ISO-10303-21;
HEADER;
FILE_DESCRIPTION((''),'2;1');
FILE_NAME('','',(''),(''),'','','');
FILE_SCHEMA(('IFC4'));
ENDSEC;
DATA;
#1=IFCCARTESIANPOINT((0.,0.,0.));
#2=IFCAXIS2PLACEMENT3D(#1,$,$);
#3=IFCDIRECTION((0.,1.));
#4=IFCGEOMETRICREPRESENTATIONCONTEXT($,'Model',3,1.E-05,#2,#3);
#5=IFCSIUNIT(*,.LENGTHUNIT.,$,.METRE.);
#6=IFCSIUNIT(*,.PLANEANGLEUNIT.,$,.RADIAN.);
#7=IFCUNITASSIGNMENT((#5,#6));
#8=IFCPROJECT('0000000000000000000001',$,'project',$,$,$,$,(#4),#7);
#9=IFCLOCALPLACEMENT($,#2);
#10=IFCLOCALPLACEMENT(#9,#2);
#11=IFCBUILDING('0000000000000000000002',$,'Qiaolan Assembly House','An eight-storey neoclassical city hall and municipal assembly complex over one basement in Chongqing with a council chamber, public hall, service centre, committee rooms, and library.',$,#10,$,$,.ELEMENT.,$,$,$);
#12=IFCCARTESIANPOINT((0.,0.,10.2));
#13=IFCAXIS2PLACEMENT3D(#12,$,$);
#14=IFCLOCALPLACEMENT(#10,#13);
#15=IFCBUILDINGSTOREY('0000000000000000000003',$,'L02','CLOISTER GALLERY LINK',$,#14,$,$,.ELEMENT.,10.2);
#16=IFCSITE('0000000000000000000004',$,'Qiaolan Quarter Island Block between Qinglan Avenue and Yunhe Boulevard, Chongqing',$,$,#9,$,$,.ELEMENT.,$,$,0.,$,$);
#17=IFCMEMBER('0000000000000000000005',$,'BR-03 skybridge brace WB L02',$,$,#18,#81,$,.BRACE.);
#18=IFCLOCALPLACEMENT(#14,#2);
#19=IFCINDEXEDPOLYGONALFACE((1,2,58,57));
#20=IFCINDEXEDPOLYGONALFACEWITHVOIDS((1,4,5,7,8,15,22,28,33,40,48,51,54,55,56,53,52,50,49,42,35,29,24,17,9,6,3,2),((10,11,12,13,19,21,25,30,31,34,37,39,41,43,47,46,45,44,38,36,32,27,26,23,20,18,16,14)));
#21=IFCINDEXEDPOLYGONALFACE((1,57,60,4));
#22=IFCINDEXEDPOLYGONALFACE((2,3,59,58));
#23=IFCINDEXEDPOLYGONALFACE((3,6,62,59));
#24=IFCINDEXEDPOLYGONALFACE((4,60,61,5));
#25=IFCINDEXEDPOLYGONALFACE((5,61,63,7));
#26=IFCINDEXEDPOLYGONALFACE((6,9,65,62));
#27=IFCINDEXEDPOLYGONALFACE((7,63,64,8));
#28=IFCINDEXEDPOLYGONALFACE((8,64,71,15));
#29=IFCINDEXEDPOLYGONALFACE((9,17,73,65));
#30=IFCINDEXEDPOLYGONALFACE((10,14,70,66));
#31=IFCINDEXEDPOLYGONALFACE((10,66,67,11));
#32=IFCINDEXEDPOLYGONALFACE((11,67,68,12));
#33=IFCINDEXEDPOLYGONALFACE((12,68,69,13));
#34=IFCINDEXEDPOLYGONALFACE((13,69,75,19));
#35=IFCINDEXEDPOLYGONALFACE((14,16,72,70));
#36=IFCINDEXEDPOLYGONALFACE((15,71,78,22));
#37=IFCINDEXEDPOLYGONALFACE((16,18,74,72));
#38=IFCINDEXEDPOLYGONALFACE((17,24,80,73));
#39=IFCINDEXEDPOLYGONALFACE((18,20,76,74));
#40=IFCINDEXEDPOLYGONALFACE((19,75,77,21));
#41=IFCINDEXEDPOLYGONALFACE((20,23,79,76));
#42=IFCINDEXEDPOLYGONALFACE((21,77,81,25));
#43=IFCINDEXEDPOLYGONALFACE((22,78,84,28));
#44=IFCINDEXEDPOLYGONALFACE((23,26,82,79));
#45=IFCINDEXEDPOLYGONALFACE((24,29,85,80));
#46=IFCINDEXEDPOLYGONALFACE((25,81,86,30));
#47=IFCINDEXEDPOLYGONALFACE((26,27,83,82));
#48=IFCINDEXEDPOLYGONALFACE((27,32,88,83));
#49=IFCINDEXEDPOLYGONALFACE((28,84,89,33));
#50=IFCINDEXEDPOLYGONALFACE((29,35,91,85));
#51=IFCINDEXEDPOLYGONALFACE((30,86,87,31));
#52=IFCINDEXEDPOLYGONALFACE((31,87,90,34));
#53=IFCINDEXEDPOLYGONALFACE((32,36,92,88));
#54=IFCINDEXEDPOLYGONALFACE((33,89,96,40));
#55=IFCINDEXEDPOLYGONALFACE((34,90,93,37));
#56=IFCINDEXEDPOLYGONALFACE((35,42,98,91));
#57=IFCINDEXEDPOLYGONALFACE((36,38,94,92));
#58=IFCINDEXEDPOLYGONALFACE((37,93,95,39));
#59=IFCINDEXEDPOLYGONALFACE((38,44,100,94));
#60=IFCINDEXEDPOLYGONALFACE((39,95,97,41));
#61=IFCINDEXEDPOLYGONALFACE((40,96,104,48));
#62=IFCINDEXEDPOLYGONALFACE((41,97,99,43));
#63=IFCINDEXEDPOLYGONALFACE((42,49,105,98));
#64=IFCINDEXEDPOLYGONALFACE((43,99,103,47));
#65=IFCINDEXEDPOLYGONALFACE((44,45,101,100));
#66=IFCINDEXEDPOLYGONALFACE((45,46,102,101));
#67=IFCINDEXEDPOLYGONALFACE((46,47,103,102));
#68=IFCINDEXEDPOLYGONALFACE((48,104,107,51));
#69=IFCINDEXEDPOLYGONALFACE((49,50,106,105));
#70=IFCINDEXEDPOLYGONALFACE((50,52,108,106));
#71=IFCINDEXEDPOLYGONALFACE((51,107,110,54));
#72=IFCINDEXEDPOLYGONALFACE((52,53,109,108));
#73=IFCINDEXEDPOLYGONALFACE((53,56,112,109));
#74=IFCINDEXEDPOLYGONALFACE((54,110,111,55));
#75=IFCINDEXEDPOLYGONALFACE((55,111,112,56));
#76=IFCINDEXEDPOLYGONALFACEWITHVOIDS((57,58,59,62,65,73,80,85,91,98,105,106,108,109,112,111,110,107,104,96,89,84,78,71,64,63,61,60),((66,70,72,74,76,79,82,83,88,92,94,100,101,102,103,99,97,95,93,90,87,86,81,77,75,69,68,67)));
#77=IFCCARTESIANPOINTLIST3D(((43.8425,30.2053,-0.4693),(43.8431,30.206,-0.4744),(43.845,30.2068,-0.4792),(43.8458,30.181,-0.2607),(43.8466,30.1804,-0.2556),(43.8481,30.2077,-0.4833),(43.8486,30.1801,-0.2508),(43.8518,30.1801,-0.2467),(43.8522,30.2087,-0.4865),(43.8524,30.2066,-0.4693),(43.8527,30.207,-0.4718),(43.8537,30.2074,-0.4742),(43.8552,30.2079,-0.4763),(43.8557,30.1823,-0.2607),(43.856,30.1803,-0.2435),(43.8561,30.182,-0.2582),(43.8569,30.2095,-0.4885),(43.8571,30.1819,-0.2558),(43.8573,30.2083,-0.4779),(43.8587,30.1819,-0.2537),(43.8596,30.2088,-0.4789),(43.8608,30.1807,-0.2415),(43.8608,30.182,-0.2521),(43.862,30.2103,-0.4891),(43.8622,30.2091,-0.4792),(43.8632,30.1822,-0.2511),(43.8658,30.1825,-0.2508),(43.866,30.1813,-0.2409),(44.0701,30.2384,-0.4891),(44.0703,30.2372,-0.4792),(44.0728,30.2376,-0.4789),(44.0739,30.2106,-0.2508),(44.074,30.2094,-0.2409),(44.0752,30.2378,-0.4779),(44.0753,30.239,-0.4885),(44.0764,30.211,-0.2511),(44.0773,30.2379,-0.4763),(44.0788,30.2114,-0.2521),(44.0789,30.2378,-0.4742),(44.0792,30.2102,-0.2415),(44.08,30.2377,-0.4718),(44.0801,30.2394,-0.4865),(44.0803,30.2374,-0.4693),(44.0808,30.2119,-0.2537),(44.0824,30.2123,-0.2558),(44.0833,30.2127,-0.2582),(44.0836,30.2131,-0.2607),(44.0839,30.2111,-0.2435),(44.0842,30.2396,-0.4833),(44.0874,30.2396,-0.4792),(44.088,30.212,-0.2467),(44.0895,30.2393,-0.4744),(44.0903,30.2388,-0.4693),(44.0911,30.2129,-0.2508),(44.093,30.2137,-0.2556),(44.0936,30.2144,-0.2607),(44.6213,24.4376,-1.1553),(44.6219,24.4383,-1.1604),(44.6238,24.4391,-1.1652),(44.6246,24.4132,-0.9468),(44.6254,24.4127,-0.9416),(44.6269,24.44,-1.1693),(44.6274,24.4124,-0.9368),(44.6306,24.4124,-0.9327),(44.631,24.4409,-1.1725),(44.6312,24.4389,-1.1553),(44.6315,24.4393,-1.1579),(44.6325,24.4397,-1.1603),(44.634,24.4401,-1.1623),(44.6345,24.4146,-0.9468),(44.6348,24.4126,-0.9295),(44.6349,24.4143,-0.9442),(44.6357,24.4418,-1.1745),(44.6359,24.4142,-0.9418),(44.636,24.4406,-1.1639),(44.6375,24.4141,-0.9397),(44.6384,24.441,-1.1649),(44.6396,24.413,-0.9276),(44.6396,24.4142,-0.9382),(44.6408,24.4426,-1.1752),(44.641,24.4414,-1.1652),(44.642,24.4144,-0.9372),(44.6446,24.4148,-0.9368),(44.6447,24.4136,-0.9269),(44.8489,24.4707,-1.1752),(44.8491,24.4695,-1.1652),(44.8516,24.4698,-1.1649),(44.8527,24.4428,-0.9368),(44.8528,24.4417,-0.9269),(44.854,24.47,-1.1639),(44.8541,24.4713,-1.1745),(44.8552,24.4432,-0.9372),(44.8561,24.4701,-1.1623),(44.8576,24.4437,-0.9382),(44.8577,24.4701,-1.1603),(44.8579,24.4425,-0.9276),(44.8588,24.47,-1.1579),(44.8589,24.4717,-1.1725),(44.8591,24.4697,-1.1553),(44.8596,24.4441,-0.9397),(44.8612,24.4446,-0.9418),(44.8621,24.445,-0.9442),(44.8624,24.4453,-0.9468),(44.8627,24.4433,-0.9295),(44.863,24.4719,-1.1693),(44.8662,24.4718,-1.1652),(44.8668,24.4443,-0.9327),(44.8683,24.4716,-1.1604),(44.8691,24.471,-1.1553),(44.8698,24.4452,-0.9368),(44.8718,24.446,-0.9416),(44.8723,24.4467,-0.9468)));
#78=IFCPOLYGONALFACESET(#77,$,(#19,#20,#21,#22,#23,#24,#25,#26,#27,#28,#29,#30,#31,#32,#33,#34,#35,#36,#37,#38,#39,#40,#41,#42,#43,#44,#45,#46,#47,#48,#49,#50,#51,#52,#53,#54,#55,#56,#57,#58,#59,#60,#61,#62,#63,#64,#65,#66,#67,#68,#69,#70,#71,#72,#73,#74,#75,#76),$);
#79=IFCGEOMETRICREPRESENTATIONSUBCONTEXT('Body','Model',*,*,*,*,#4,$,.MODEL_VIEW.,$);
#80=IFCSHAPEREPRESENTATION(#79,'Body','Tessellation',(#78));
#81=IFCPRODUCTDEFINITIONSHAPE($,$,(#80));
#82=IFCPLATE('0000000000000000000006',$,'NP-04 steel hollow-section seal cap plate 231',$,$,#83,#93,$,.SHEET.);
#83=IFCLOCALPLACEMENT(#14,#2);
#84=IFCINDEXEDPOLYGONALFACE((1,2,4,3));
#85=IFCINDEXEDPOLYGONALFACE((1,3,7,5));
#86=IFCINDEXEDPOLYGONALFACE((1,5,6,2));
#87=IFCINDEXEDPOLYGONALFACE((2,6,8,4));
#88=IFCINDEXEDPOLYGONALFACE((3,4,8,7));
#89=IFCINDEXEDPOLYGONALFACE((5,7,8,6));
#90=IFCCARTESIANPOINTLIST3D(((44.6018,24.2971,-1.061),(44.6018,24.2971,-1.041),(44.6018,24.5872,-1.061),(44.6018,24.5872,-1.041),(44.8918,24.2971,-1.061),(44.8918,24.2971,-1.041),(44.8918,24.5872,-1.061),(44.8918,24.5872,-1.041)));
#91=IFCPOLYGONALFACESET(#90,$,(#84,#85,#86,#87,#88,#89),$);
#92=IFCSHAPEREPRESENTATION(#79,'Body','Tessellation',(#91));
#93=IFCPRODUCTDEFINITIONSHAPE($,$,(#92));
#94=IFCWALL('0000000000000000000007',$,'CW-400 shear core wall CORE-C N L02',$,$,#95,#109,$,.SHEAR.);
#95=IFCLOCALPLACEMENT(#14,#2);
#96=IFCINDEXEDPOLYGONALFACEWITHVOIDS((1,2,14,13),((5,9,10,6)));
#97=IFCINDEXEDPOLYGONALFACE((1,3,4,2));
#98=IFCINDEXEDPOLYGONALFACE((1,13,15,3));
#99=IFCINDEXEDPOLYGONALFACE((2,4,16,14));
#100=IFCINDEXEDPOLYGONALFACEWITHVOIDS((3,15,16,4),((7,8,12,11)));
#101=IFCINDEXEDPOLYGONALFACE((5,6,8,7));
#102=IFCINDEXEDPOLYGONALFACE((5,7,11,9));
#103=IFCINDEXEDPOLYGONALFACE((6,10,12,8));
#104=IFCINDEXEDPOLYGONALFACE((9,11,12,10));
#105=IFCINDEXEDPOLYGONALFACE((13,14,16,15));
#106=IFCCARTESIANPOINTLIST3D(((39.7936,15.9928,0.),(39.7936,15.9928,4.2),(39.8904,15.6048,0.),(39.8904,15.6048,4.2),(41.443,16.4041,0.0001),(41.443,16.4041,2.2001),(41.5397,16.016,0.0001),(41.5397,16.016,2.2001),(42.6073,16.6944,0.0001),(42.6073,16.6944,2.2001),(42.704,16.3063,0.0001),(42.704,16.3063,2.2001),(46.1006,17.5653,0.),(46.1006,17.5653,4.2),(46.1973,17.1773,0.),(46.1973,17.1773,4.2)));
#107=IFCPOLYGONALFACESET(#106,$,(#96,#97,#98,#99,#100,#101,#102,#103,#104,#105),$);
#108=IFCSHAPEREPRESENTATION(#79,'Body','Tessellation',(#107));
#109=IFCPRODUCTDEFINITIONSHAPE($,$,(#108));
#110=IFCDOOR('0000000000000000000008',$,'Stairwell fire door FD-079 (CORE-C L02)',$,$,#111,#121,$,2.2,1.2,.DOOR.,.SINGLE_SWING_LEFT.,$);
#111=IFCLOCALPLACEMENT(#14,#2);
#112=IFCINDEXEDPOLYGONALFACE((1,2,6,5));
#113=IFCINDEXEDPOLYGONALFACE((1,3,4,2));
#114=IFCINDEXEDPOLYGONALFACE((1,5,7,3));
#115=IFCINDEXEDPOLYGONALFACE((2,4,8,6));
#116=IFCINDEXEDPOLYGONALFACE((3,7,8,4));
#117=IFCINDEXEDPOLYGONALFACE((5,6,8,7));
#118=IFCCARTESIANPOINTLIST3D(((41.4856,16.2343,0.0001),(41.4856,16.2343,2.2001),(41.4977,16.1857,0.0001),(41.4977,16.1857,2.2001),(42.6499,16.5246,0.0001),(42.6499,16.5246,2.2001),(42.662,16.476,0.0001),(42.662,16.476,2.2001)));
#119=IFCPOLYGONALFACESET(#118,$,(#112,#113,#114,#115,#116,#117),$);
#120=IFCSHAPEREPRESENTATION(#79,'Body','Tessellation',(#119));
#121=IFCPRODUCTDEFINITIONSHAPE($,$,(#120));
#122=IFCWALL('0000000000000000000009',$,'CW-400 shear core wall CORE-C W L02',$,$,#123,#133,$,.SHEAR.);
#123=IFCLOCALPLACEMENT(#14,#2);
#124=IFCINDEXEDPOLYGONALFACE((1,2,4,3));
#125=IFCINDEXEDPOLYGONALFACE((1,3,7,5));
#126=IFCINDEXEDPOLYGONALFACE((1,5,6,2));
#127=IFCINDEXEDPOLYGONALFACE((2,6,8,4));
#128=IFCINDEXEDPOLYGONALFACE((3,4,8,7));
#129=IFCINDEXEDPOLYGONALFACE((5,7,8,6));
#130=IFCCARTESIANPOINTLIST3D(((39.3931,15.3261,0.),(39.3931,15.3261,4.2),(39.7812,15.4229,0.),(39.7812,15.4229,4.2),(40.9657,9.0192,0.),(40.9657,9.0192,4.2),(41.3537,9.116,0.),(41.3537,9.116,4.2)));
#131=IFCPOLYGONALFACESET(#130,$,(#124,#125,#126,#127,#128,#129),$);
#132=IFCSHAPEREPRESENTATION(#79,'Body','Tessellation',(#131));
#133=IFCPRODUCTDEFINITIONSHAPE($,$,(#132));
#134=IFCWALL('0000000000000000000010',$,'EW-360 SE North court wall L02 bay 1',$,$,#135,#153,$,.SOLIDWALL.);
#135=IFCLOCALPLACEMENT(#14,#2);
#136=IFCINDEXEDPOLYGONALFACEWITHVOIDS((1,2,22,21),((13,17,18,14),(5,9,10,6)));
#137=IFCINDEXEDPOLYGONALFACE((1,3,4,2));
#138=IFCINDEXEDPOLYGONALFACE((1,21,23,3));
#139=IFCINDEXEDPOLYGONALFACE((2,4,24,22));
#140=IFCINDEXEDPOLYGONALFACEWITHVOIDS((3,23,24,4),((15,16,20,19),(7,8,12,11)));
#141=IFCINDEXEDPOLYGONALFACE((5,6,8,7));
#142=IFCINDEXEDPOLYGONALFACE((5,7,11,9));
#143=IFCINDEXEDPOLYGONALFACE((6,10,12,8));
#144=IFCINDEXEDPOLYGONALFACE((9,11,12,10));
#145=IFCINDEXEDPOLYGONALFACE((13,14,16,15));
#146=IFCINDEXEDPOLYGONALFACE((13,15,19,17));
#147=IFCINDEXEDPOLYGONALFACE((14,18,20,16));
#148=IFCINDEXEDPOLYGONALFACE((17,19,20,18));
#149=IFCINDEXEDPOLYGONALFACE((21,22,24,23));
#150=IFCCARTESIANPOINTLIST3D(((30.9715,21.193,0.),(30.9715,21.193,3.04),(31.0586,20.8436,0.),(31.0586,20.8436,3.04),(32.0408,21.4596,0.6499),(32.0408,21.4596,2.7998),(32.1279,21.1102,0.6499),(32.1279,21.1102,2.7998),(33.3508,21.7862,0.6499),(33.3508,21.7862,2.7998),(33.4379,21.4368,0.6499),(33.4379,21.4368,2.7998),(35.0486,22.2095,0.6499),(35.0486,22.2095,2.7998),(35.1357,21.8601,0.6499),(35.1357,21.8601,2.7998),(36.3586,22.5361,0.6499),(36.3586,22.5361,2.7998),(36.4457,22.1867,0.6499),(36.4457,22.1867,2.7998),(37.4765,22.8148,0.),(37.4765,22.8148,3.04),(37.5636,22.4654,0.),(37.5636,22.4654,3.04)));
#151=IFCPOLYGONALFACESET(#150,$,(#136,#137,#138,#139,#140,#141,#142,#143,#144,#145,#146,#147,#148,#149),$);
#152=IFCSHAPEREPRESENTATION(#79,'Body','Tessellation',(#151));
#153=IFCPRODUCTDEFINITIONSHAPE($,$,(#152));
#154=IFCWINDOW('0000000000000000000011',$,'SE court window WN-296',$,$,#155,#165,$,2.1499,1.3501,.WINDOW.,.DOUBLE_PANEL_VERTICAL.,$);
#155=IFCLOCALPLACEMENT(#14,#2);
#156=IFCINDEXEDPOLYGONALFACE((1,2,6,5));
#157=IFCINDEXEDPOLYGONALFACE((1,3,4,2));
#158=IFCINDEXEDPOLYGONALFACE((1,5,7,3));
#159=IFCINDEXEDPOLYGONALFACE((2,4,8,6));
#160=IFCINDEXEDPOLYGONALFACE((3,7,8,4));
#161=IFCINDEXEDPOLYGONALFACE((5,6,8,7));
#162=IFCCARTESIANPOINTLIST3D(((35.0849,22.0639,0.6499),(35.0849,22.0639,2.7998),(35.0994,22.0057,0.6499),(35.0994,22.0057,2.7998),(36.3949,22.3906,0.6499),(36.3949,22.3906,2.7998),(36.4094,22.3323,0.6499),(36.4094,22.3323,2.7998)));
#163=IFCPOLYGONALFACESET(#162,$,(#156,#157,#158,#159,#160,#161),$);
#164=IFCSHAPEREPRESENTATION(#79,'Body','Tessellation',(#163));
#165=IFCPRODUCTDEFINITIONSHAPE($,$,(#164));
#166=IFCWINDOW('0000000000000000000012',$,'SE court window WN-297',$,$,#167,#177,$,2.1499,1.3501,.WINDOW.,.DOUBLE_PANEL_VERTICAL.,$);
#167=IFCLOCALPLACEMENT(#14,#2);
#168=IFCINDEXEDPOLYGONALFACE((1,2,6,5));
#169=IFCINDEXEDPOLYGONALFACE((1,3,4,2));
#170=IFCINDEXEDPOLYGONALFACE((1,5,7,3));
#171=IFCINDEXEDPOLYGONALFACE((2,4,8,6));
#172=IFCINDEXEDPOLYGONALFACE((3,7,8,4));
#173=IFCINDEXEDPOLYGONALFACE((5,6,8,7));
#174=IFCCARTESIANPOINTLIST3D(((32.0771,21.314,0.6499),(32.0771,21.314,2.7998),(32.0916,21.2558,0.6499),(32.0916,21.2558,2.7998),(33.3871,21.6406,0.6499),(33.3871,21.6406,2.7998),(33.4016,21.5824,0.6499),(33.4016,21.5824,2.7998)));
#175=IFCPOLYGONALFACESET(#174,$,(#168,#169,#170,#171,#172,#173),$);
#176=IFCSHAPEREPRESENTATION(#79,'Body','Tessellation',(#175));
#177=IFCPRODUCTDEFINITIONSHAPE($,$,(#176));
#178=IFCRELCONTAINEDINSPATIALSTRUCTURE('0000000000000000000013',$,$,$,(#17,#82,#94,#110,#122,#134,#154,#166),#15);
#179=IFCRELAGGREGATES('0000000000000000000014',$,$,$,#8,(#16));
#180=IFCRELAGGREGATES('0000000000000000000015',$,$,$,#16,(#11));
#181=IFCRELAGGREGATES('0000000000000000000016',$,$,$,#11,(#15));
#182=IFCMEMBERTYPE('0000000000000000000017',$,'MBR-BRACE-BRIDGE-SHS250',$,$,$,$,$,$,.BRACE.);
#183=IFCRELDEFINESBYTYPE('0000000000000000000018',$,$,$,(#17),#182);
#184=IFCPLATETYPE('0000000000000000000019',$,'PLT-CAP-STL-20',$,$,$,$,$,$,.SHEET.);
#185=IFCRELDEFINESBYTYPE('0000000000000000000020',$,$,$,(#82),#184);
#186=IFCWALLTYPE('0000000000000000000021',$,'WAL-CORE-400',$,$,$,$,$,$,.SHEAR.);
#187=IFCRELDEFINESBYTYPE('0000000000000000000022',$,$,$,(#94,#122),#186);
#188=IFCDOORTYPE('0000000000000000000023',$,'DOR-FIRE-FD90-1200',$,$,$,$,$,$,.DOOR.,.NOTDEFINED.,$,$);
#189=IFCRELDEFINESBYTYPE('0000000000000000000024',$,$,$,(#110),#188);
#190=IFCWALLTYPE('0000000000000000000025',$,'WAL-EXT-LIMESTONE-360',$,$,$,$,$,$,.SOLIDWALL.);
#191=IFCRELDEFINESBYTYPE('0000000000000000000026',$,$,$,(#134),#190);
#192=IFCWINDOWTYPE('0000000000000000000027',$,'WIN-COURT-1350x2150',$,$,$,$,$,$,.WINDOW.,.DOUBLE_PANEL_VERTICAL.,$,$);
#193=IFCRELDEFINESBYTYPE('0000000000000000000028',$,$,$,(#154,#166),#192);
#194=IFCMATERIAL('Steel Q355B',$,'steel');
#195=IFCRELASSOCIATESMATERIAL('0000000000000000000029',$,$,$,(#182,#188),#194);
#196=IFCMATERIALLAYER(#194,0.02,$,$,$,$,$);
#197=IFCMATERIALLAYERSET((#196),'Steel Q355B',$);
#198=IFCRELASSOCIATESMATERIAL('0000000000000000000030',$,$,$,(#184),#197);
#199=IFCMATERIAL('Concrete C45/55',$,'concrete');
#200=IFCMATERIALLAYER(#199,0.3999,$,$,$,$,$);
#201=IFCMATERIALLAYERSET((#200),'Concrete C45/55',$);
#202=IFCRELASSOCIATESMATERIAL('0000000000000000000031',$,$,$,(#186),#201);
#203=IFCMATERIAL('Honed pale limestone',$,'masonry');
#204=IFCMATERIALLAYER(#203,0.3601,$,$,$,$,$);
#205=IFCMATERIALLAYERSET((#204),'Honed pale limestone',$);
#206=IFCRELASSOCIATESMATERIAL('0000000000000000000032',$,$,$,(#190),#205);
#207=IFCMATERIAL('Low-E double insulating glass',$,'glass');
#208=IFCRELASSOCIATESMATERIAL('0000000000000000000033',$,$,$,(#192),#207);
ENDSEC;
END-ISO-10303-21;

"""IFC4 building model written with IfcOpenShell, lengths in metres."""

from ifc_helpers import new_model, si_unit, direction, frame, frame_2d, origin, origin_2d, place, context, subcontext, project, spatial, rectangle, hollow_rectangle, extrude, material, layer, layer_set, material_profile, profile_set, type_object, element, fill, save


model = new_model("IFC4")

# Units and contexts
model_context = context("Model", 3, precision=1e-05, world=origin(), true_north=direction((0.0, 1.0)))
body_context = subcontext(model_context, "Body", "Model", "MODEL_VIEW")
ifc_project = project(units=[si_unit("LENGTHUNIT", "METRE"), si_unit("PLANEANGLEUNIT", "RADIAN")], contexts=[model_context])

# Site, building, storey
site_placement = place(None, origin())
site = spatial("IfcSite", under=ifc_project, at=site_placement, Name="Qiaolan Quarter Island Block between Qinglan Avenue and Yunhe Boulevard, Chongqing", CompositionType="ELEMENT", RefElevation=0.0)
building_placement = place(site_placement, origin())
building = spatial("IfcBuilding", under=site, at=building_placement, Name="Qiaolan Assembly House", Description="An eight-storey neoclassical city hall and municipal assembly complex over one basement in Chongqing with a council chamber, public hall, service centre, committee rooms, and library.", CompositionType="ELEMENT")
storey_placement = place(building_placement, frame((0.0, 0.0, 10.2)))
storey = spatial("IfcBuildingStorey", under=building, at=storey_placement, Name="L02", Description="CLOISTER GALLERY LINK", CompositionType="ELEMENT", Elevation=10.2)

# Shared definitions
ifc_material_1 = material(Name="Concrete C45/55", Category="concrete")

# Member
ifc_material_2 = material(Name="Steel Q355B", Category="steel")
ifc_material_profile_1 = material_profile(ifc_material_2, hollow_rectangle(XDim=0.25, YDim=0.25, WallThickness=0.01, InnerFilletRadius=0.01, OuterFilletRadius=0.02, at=origin_2d()), Name="SHS 250x250x10")
ifc_profile_set_1 = profile_set([ifc_material_profile_1], Name="Steel Q355B")
member_type = type_object("IfcMemberType", Name="MBR-BRACE-BRIDGE-SHS250", PredefinedType="BRACE", material=ifc_profile_set_1)
member_placement = place(storey_placement, frame((44.7468, 24.4421, -1.051), z_axis=(-0.132892, 0.984193, 0.117062), x_axis=(-0.991007, -0.133812, 0.0)))
element("IfcMember", 1, at=member_placement, inside=storey, type_object=member_type, Name="BR-03 skybridge brace WB L02", PredefinedType="BRACE", context=body_context, shape_type="SweptSolid", body=[
    extrude(hollow_rectangle(XDim=0.25, YDim=0.25, WallThickness=0.01, InnerFilletRadius=0.01, OuterFilletRadius=0.02, at=origin_2d()), origin(), (0.0, 0.0, 1.0), 5.8604),
])

# Plate
ifc_layer_1 = layer(ifc_material_2, 0.02)
ifc_layer_set_1 = layer_set([ifc_layer_1], Name="Steel Q355B")
plate_type = type_object("IfcPlateType", Name="PLT-CAP-STL-20", PredefinedType="SHEET", material=ifc_layer_set_1)
plate_placement = place(storey_placement, frame((44.7468, 24.4421, -1.061), z_axis=(0.0, 0.0, 1.0), x_axis=(1.0, 0.0, 0.0)))
element("IfcPlate", 2, at=plate_placement, inside=storey, type_object=plate_type, Name="NP-04 steel hollow-section seal cap plate 231", PredefinedType="SHEET", context=body_context, shape_type="SweptSolid", body=[
    extrude(rectangle(XDim=0.29, YDim=0.29, at=origin_2d()), origin(), (0.0, 0.0, 1.0), 0.02),
])

# Wall, opening, door
ifc_layer_2 = layer(ifc_material_1, 0.3999)
ifc_layer_set_2 = layer_set([ifc_layer_2], Name="Concrete C45/55")
wall_type_1 = type_object("IfcWallType", Name="WAL-CORE-400", PredefinedType="SHEAR", material=ifc_layer_set_2)
wall_1_placement = place(storey_placement, frame((46.1489, 17.3713, 0.0), z_axis=(0.0, 0.0, 1.0), x_axis=(-0.970295, -0.241926, 0.0)))
wall_1 = element("IfcWall", 3, at=wall_1_placement, inside=storey, type_object=wall_type_1, Name="CW-400 shear core wall CORE-C N L02", PredefinedType="SHEAR", context=body_context, shape_type="SweptSolid", body=[
    extrude(rectangle(XDim=6.5, YDim=0.3999, at=frame_2d((3.25, 0.0))), origin(), (0.0, 0.0, 1.0), 4.2),
])
opening_1_placement = place(wall_1_placement, frame((3.6001, 0.0, 0.0)))
opening_1 = element("IfcOpeningElement", 4, at=opening_1_placement, cuts=wall_1, PredefinedType="OPENING", context=body_context, shape_type="SweptSolid", body=[
    extrude(rectangle(XDim=1.2, YDim=2.2, at=frame_2d((0.6001, 1.1001))), frame((0.0, 0.21, 0.0), z_axis=(0.0, -1.0, 0.0), x_axis=(1.0, 0.0, 0.0)), (0.0, 0.0, 1.0), 0.4199),
])
door_type = type_object("IfcDoorType", Name="DOR-FIRE-FD90-1200", OperationType="NOTDEFINED", PredefinedType="DOOR", material=ifc_material_2)
door_placement = place(opening_1_placement, frame((1.2, 0.0, 0.0), z_axis=(0.0, 0.0, 1.0), x_axis=(-1.0, 0.0, 0.0)))
door = element("IfcDoor", 5, at=door_placement, inside=storey, type_object=door_type, Name="Stairwell fire door FD-079 (CORE-C L02)", OperationType="SINGLE_SWING_LEFT", OverallHeight=2.2, OverallWidth=1.2, PredefinedType="DOOR", context=body_context, shape_type="SweptSolid", body=[
    extrude(rectangle(XDim=1.2, YDim=2.2, at=frame_2d((0.6001, 1.1001))), frame((0.0, 0.0249, 0.0), z_axis=(0.0, -1.0, 0.0), x_axis=(1.0, 0.0, 0.0)), (0.0, 0.0, 1.0), 0.05),
])
fill(opening_1, door)

# Wall
wall_2_placement = place(storey_placement, frame((39.5872, 15.3745, 0.0), z_axis=(0.0, 0.0, 1.0), x_axis=(0.241926, -0.970295, 0.0)))
element("IfcWall", 6, at=wall_2_placement, inside=storey, type_object=wall_type_1, Name="CW-400 shear core wall CORE-C W L02", PredefinedType="SHEAR", context=body_context, shape_type="SweptSolid", body=[
    extrude(rectangle(XDim=6.5, YDim=0.3999, at=frame_2d((3.25, 0.0))), origin(), (0.0, 0.0, 1.0), 4.2),
])

# Wall, openings, windows
ifc_material_3 = material(Name="Honed pale limestone", Category="masonry")
ifc_layer_3 = layer(ifc_material_3, 0.3601)
ifc_layer_set_3 = layer_set([ifc_layer_3], Name="Honed pale limestone")
wall_type_2 = type_object("IfcWallType", Name="WAL-EXT-LIMESTONE-360", PredefinedType="SOLIDWALL", material=ifc_layer_set_3)
wall_3_placement = place(storey_placement, frame((37.52, 22.6401, 0.0), z_axis=(0.0, 0.0, 1.0), x_axis=(-0.970297, -0.241919, 0.0)))
wall_3 = element("IfcWall", 7, at=wall_3_placement, inside=storey, type_object=wall_type_2, Name="EW-360 SE North court wall L02 bay 1", PredefinedType="SOLIDWALL", context=body_context, shape_type="SweptSolid", body=[
    extrude(rectangle(XDim=6.7041, YDim=0.3601, at=frame_2d((3.3521, 0.0))), origin(), (0.0, 0.0, 1.0), 3.04),
])
opening_2_placement = place(wall_3_placement, frame((1.1521, 0.0, 0.6499)))
opening_2 = element("IfcOpeningElement", 8, at=opening_2_placement, cuts=wall_3, PredefinedType="OPENING", context=body_context, shape_type="SweptSolid", body=[
    extrude(rectangle(XDim=1.3501, YDim=2.1499, at=frame_2d((0.675, 1.075))), frame((0.0, 0.1899, 0.0), z_axis=(0.0, -1.0, 0.0), x_axis=(1.0, 0.0, 0.0)), (0.0, 0.0, 1.0), 0.3801),
])
opening_3_placement = place(wall_3_placement, frame((4.252, 0.0, 0.6499)))
opening_3 = element("IfcOpeningElement", 9, at=opening_3_placement, cuts=wall_3, PredefinedType="OPENING", context=body_context, shape_type="SweptSolid", body=[
    extrude(rectangle(XDim=1.3501, YDim=2.1499, at=frame_2d((0.675, 1.075))), frame((0.0, 0.1899, 0.0), z_axis=(0.0, -1.0, 0.0), x_axis=(1.0, 0.0, 0.0)), (0.0, 0.0, 1.0), 0.3801),
])
ifc_material_4 = material(Name="Low-E double insulating glass", Category="glass")
window_type = type_object("IfcWindowType", Name="WIN-COURT-1350x2150", PartitioningType="DOUBLE_PANEL_VERTICAL", PredefinedType="WINDOW", material=ifc_material_4)
window_1_placement = place(opening_2_placement, origin())
window_1 = element("IfcWindow", 10, at=window_1_placement, inside=storey, type_object=window_type, Name="SE court window WN-296", OverallHeight=2.1499, OverallWidth=1.3501, PartitioningType="DOUBLE_PANEL_VERTICAL", PredefinedType="WINDOW", context=body_context, shape_type="SweptSolid", body=[
    extrude(rectangle(XDim=1.3501, YDim=2.1499, at=frame_2d((0.675, 1.075))), frame((0.0, 0.03, 0.0), z_axis=(0.0, -1.0, 0.0), x_axis=(1.0, 0.0, 0.0)), (0.0, 0.0, 1.0), 0.0601),
])
fill(opening_2, window_1)
window_2_placement = place(opening_3_placement, origin())
window_2 = element("IfcWindow", 11, at=window_2_placement, inside=storey, type_object=window_type, Name="SE court window WN-297", OverallHeight=2.1499, OverallWidth=1.3501, PartitioningType="DOUBLE_PANEL_VERTICAL", PredefinedType="WINDOW", context=body_context, shape_type="SweptSolid", body=[
    extrude(rectangle(XDim=1.3501, YDim=2.1499, at=frame_2d((0.675, 1.075))), frame((0.0, 0.03, 0.0), z_axis=(0.0, -1.0, 0.0), x_axis=(1.0, 0.0, 0.0)), (0.0, 0.0, 1.0), 0.0601),
])
fill(opening_3, window_2)

save(model, "model.ifc")
